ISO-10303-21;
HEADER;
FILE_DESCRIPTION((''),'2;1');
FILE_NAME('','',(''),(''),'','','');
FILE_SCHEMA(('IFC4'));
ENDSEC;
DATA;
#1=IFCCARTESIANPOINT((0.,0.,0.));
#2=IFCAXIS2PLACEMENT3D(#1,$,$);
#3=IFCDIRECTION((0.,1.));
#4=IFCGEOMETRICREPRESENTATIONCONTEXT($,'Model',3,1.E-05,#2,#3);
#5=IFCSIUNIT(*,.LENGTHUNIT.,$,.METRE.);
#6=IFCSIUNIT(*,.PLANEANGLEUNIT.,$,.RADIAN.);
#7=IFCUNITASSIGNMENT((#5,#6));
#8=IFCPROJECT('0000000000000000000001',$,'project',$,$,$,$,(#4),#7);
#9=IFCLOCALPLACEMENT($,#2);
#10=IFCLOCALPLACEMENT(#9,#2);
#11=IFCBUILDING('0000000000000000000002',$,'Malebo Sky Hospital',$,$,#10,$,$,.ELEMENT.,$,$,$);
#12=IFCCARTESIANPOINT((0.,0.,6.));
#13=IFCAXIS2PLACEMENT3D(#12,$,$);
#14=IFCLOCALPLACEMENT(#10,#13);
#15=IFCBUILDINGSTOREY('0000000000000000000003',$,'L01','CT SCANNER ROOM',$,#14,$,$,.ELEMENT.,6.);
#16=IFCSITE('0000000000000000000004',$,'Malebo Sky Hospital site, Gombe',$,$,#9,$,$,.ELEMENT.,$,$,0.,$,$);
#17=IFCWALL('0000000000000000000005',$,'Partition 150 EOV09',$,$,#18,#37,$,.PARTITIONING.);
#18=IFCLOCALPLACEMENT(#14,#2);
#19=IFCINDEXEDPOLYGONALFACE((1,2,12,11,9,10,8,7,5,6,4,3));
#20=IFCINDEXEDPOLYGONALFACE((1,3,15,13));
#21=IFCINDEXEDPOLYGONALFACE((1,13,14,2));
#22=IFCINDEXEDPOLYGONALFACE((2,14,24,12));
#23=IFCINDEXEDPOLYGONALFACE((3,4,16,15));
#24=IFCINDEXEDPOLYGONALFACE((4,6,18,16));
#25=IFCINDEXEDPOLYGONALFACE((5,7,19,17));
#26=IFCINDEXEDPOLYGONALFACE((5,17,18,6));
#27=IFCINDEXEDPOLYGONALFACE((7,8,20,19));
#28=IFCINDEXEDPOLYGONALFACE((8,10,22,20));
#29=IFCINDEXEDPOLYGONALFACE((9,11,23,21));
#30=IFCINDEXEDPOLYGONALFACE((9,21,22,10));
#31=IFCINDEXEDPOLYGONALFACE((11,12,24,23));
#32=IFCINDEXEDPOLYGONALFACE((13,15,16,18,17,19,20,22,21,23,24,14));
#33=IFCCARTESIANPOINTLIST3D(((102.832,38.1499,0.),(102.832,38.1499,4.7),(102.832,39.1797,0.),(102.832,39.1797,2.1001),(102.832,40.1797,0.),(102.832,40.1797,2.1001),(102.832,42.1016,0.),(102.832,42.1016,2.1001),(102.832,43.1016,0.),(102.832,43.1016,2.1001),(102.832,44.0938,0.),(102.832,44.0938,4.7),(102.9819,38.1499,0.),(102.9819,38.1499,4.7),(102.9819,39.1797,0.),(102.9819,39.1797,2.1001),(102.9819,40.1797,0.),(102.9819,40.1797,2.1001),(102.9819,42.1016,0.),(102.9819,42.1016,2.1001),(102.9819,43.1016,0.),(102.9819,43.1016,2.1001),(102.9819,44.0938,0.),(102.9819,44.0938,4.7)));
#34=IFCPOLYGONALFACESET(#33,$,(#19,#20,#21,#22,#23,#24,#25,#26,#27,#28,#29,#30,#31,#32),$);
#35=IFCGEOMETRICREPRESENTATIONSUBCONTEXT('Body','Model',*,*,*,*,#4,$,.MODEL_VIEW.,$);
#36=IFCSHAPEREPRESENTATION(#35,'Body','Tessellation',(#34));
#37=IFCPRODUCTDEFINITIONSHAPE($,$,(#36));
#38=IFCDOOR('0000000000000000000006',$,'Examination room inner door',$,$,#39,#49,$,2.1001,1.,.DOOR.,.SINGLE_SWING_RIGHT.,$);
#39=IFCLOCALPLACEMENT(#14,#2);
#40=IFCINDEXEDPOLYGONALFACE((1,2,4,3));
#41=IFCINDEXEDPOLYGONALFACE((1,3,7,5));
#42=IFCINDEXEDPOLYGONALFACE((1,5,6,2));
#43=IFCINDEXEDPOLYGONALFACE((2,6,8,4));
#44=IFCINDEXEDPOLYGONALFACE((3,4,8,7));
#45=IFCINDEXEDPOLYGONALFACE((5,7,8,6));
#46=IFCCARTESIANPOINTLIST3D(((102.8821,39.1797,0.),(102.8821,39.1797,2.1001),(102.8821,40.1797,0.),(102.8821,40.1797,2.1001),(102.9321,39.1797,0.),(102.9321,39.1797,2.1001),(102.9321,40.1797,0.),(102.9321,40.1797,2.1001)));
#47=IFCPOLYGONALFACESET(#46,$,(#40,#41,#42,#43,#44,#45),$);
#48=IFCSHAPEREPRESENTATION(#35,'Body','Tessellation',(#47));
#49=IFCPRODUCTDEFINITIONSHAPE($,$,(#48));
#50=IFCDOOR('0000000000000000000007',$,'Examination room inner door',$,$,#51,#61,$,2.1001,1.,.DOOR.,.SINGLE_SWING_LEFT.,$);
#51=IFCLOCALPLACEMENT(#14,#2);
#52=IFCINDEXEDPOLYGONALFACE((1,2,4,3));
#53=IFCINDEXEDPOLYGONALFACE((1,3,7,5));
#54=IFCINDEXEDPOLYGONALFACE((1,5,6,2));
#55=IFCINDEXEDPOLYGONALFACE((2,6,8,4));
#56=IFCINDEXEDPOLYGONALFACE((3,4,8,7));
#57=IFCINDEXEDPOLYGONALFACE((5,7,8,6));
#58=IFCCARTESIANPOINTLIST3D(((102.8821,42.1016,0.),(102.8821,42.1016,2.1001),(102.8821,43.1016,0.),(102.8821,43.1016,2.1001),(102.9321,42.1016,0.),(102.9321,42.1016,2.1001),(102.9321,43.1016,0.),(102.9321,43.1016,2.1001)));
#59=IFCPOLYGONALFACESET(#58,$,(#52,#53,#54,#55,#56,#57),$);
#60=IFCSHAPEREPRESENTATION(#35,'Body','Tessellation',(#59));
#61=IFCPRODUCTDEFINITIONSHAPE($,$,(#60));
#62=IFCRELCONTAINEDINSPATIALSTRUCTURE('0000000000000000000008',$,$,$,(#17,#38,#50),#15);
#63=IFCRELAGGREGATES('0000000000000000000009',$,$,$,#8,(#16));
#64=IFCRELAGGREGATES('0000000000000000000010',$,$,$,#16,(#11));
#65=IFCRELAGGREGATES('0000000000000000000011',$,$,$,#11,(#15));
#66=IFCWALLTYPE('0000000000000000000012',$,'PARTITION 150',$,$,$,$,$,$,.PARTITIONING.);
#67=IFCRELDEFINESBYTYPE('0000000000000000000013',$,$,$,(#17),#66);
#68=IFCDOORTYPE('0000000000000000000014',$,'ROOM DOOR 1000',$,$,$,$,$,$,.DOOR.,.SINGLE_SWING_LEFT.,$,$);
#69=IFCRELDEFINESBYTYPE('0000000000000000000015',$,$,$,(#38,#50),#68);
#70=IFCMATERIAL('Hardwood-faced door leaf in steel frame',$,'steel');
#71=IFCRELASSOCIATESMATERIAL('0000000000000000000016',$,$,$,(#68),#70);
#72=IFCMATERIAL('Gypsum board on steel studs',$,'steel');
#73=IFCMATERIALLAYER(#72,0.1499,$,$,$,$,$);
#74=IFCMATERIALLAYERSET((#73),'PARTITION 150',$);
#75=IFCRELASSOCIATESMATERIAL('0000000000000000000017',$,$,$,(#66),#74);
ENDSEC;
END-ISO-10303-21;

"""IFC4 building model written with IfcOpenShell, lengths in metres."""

from ifc_helpers import new_model, si_unit, direction, frame, frame_2d, origin, place, context, subcontext, project, spatial, rectangle, extrude, material, layer, layer_set, type_object, element, fill, save


model = new_model("IFC4")

# Units and contexts
model_context = context("Model", 3, precision=1e-05, world=origin(), true_north=direction((0.0, 1.0)))
body_context = subcontext(model_context, "Body", "Model", "MODEL_VIEW")
ifc_project = project(units=[si_unit("LENGTHUNIT", "METRE"), si_unit("PLANEANGLEUNIT", "RADIAN")], contexts=[model_context])

# Site, building, storey
site_placement = place(None, origin())
site = spatial("IfcSite", under=ifc_project, at=site_placement, Name="Malebo Sky Hospital site, Gombe", CompositionType="ELEMENT", RefElevation=0.0)
building_placement = place(site_placement, origin())
building = spatial("IfcBuilding", under=site, at=building_placement, Name="Malebo Sky Hospital", CompositionType="ELEMENT")
storey_placement = place(building_placement, frame((0.0, 0.0, 6.0)))
storey = spatial("IfcBuildingStorey", under=building, at=storey_placement, Name="L01", Description="CT SCANNER ROOM", CompositionType="ELEMENT", Elevation=6.0)

# Wall, openings, doors
ifc_material_1 = material(Name="Gypsum board on steel studs", Category="steel")
ifc_material_2 = material(Name="Hardwood-faced door leaf in steel frame", Category="steel")
door_type_1 = type_object("IfcDoorType", Name="ROOM DOOR 1000", OperationType="SINGLE_SWING_LEFT", PredefinedType="DOOR", material=ifc_material_2)
ifc_layer_1 = layer(ifc_material_1, 0.1499)
ifc_layer_set_1 = layer_set([ifc_layer_1], Name="PARTITION 150")
wall_type_1 = type_object("IfcWallType", Name="PARTITION 150", PredefinedType="PARTITIONING", material=ifc_layer_set_1)
wall_1_placement = place(storey_placement, frame((102.907, 38.1499, 0.0), z_axis=(0.0, 0.0, 1.0), x_axis=(0.0, 1.0, 0.0)))
wall_1 = element("IfcWall", 1, at=wall_1_placement, inside=storey, type_object=wall_type_1, Name="Partition 150 EOV09", PredefinedType="PARTITIONING", context=body_context, shape_type="SweptSolid", body=[
    extrude(rectangle(XDim=5.9438, YDim=0.1499, at=frame_2d((2.9719, 0.0))), origin(), (0.0, 0.0, 1.0), 4.7),
])
opening_1_placement = place(wall_1_placement, frame((1.0298, 0.0, 0.0)))
opening_1 = element("IfcOpeningElement", 2, at=opening_1_placement, cuts=wall_1, PredefinedType="OPENING", context=body_context, shape_type="SweptSolid", body=[
    extrude(rectangle(XDim=1.0, YDim=2.1001, at=frame_2d((0.5, 1.05))), frame((0.0, 0.085, 0.0), z_axis=(0.0, -1.0, 0.0), x_axis=(1.0, 0.0, 0.0)), (0.0, 0.0, 1.0), 0.1699),
])
opening_2_placement = place(wall_1_placement, frame((3.9517, 0.0, 0.0)))
opening_2 = element("IfcOpeningElement", 3, at=opening_2_placement, cuts=wall_1, PredefinedType="OPENING", context=body_context, shape_type="SweptSolid", body=[
    extrude(rectangle(XDim=1.0, YDim=2.1001, at=frame_2d((0.5, 1.05))), frame((0.0, 0.085, 0.0), z_axis=(0.0, -1.0, 0.0), x_axis=(1.0, 0.0, 0.0)), (0.0, 0.0, 1.0), 0.1699),
])
door_1_placement = place(opening_1_placement, origin())
door_1 = element("IfcDoor", 4, at=door_1_placement, inside=storey, type_object=door_type_1, Name="Examination room inner door", OperationType="SINGLE_SWING_RIGHT", OverallHeight=2.1001, OverallWidth=1.0, PredefinedType="DOOR", context=body_context, shape_type="SweptSolid", body=[
    extrude(rectangle(XDim=1.0, YDim=2.1001, at=frame_2d((0.5, 1.05))), frame((0.0, 0.0249, 0.0), z_axis=(0.0, -1.0, 0.0), x_axis=(1.0, 0.0, 0.0)), (0.0, 0.0, 1.0), 0.05),
])
fill(opening_1, door_1)
door_2_placement = place(opening_2_placement, origin())
door_2 = element("IfcDoor", 5, at=door_2_placement, inside=storey, type_object=door_type_1, Name="Examination room inner door", OperationType="SINGLE_SWING_LEFT", OverallHeight=2.1001, OverallWidth=1.0, PredefinedType="DOOR", context=body_context, shape_type="SweptSolid", body=[
    extrude(rectangle(XDim=1.0, YDim=2.1001, at=frame_2d((0.5, 1.05))), frame((0.0, 0.0249, 0.0), z_axis=(0.0, -1.0, 0.0), x_axis=(1.0, 0.0, 0.0)), (0.0, 0.0, 1.0), 0.05),
])
fill(opening_2, door_2)

save(model, "model.ifc")
